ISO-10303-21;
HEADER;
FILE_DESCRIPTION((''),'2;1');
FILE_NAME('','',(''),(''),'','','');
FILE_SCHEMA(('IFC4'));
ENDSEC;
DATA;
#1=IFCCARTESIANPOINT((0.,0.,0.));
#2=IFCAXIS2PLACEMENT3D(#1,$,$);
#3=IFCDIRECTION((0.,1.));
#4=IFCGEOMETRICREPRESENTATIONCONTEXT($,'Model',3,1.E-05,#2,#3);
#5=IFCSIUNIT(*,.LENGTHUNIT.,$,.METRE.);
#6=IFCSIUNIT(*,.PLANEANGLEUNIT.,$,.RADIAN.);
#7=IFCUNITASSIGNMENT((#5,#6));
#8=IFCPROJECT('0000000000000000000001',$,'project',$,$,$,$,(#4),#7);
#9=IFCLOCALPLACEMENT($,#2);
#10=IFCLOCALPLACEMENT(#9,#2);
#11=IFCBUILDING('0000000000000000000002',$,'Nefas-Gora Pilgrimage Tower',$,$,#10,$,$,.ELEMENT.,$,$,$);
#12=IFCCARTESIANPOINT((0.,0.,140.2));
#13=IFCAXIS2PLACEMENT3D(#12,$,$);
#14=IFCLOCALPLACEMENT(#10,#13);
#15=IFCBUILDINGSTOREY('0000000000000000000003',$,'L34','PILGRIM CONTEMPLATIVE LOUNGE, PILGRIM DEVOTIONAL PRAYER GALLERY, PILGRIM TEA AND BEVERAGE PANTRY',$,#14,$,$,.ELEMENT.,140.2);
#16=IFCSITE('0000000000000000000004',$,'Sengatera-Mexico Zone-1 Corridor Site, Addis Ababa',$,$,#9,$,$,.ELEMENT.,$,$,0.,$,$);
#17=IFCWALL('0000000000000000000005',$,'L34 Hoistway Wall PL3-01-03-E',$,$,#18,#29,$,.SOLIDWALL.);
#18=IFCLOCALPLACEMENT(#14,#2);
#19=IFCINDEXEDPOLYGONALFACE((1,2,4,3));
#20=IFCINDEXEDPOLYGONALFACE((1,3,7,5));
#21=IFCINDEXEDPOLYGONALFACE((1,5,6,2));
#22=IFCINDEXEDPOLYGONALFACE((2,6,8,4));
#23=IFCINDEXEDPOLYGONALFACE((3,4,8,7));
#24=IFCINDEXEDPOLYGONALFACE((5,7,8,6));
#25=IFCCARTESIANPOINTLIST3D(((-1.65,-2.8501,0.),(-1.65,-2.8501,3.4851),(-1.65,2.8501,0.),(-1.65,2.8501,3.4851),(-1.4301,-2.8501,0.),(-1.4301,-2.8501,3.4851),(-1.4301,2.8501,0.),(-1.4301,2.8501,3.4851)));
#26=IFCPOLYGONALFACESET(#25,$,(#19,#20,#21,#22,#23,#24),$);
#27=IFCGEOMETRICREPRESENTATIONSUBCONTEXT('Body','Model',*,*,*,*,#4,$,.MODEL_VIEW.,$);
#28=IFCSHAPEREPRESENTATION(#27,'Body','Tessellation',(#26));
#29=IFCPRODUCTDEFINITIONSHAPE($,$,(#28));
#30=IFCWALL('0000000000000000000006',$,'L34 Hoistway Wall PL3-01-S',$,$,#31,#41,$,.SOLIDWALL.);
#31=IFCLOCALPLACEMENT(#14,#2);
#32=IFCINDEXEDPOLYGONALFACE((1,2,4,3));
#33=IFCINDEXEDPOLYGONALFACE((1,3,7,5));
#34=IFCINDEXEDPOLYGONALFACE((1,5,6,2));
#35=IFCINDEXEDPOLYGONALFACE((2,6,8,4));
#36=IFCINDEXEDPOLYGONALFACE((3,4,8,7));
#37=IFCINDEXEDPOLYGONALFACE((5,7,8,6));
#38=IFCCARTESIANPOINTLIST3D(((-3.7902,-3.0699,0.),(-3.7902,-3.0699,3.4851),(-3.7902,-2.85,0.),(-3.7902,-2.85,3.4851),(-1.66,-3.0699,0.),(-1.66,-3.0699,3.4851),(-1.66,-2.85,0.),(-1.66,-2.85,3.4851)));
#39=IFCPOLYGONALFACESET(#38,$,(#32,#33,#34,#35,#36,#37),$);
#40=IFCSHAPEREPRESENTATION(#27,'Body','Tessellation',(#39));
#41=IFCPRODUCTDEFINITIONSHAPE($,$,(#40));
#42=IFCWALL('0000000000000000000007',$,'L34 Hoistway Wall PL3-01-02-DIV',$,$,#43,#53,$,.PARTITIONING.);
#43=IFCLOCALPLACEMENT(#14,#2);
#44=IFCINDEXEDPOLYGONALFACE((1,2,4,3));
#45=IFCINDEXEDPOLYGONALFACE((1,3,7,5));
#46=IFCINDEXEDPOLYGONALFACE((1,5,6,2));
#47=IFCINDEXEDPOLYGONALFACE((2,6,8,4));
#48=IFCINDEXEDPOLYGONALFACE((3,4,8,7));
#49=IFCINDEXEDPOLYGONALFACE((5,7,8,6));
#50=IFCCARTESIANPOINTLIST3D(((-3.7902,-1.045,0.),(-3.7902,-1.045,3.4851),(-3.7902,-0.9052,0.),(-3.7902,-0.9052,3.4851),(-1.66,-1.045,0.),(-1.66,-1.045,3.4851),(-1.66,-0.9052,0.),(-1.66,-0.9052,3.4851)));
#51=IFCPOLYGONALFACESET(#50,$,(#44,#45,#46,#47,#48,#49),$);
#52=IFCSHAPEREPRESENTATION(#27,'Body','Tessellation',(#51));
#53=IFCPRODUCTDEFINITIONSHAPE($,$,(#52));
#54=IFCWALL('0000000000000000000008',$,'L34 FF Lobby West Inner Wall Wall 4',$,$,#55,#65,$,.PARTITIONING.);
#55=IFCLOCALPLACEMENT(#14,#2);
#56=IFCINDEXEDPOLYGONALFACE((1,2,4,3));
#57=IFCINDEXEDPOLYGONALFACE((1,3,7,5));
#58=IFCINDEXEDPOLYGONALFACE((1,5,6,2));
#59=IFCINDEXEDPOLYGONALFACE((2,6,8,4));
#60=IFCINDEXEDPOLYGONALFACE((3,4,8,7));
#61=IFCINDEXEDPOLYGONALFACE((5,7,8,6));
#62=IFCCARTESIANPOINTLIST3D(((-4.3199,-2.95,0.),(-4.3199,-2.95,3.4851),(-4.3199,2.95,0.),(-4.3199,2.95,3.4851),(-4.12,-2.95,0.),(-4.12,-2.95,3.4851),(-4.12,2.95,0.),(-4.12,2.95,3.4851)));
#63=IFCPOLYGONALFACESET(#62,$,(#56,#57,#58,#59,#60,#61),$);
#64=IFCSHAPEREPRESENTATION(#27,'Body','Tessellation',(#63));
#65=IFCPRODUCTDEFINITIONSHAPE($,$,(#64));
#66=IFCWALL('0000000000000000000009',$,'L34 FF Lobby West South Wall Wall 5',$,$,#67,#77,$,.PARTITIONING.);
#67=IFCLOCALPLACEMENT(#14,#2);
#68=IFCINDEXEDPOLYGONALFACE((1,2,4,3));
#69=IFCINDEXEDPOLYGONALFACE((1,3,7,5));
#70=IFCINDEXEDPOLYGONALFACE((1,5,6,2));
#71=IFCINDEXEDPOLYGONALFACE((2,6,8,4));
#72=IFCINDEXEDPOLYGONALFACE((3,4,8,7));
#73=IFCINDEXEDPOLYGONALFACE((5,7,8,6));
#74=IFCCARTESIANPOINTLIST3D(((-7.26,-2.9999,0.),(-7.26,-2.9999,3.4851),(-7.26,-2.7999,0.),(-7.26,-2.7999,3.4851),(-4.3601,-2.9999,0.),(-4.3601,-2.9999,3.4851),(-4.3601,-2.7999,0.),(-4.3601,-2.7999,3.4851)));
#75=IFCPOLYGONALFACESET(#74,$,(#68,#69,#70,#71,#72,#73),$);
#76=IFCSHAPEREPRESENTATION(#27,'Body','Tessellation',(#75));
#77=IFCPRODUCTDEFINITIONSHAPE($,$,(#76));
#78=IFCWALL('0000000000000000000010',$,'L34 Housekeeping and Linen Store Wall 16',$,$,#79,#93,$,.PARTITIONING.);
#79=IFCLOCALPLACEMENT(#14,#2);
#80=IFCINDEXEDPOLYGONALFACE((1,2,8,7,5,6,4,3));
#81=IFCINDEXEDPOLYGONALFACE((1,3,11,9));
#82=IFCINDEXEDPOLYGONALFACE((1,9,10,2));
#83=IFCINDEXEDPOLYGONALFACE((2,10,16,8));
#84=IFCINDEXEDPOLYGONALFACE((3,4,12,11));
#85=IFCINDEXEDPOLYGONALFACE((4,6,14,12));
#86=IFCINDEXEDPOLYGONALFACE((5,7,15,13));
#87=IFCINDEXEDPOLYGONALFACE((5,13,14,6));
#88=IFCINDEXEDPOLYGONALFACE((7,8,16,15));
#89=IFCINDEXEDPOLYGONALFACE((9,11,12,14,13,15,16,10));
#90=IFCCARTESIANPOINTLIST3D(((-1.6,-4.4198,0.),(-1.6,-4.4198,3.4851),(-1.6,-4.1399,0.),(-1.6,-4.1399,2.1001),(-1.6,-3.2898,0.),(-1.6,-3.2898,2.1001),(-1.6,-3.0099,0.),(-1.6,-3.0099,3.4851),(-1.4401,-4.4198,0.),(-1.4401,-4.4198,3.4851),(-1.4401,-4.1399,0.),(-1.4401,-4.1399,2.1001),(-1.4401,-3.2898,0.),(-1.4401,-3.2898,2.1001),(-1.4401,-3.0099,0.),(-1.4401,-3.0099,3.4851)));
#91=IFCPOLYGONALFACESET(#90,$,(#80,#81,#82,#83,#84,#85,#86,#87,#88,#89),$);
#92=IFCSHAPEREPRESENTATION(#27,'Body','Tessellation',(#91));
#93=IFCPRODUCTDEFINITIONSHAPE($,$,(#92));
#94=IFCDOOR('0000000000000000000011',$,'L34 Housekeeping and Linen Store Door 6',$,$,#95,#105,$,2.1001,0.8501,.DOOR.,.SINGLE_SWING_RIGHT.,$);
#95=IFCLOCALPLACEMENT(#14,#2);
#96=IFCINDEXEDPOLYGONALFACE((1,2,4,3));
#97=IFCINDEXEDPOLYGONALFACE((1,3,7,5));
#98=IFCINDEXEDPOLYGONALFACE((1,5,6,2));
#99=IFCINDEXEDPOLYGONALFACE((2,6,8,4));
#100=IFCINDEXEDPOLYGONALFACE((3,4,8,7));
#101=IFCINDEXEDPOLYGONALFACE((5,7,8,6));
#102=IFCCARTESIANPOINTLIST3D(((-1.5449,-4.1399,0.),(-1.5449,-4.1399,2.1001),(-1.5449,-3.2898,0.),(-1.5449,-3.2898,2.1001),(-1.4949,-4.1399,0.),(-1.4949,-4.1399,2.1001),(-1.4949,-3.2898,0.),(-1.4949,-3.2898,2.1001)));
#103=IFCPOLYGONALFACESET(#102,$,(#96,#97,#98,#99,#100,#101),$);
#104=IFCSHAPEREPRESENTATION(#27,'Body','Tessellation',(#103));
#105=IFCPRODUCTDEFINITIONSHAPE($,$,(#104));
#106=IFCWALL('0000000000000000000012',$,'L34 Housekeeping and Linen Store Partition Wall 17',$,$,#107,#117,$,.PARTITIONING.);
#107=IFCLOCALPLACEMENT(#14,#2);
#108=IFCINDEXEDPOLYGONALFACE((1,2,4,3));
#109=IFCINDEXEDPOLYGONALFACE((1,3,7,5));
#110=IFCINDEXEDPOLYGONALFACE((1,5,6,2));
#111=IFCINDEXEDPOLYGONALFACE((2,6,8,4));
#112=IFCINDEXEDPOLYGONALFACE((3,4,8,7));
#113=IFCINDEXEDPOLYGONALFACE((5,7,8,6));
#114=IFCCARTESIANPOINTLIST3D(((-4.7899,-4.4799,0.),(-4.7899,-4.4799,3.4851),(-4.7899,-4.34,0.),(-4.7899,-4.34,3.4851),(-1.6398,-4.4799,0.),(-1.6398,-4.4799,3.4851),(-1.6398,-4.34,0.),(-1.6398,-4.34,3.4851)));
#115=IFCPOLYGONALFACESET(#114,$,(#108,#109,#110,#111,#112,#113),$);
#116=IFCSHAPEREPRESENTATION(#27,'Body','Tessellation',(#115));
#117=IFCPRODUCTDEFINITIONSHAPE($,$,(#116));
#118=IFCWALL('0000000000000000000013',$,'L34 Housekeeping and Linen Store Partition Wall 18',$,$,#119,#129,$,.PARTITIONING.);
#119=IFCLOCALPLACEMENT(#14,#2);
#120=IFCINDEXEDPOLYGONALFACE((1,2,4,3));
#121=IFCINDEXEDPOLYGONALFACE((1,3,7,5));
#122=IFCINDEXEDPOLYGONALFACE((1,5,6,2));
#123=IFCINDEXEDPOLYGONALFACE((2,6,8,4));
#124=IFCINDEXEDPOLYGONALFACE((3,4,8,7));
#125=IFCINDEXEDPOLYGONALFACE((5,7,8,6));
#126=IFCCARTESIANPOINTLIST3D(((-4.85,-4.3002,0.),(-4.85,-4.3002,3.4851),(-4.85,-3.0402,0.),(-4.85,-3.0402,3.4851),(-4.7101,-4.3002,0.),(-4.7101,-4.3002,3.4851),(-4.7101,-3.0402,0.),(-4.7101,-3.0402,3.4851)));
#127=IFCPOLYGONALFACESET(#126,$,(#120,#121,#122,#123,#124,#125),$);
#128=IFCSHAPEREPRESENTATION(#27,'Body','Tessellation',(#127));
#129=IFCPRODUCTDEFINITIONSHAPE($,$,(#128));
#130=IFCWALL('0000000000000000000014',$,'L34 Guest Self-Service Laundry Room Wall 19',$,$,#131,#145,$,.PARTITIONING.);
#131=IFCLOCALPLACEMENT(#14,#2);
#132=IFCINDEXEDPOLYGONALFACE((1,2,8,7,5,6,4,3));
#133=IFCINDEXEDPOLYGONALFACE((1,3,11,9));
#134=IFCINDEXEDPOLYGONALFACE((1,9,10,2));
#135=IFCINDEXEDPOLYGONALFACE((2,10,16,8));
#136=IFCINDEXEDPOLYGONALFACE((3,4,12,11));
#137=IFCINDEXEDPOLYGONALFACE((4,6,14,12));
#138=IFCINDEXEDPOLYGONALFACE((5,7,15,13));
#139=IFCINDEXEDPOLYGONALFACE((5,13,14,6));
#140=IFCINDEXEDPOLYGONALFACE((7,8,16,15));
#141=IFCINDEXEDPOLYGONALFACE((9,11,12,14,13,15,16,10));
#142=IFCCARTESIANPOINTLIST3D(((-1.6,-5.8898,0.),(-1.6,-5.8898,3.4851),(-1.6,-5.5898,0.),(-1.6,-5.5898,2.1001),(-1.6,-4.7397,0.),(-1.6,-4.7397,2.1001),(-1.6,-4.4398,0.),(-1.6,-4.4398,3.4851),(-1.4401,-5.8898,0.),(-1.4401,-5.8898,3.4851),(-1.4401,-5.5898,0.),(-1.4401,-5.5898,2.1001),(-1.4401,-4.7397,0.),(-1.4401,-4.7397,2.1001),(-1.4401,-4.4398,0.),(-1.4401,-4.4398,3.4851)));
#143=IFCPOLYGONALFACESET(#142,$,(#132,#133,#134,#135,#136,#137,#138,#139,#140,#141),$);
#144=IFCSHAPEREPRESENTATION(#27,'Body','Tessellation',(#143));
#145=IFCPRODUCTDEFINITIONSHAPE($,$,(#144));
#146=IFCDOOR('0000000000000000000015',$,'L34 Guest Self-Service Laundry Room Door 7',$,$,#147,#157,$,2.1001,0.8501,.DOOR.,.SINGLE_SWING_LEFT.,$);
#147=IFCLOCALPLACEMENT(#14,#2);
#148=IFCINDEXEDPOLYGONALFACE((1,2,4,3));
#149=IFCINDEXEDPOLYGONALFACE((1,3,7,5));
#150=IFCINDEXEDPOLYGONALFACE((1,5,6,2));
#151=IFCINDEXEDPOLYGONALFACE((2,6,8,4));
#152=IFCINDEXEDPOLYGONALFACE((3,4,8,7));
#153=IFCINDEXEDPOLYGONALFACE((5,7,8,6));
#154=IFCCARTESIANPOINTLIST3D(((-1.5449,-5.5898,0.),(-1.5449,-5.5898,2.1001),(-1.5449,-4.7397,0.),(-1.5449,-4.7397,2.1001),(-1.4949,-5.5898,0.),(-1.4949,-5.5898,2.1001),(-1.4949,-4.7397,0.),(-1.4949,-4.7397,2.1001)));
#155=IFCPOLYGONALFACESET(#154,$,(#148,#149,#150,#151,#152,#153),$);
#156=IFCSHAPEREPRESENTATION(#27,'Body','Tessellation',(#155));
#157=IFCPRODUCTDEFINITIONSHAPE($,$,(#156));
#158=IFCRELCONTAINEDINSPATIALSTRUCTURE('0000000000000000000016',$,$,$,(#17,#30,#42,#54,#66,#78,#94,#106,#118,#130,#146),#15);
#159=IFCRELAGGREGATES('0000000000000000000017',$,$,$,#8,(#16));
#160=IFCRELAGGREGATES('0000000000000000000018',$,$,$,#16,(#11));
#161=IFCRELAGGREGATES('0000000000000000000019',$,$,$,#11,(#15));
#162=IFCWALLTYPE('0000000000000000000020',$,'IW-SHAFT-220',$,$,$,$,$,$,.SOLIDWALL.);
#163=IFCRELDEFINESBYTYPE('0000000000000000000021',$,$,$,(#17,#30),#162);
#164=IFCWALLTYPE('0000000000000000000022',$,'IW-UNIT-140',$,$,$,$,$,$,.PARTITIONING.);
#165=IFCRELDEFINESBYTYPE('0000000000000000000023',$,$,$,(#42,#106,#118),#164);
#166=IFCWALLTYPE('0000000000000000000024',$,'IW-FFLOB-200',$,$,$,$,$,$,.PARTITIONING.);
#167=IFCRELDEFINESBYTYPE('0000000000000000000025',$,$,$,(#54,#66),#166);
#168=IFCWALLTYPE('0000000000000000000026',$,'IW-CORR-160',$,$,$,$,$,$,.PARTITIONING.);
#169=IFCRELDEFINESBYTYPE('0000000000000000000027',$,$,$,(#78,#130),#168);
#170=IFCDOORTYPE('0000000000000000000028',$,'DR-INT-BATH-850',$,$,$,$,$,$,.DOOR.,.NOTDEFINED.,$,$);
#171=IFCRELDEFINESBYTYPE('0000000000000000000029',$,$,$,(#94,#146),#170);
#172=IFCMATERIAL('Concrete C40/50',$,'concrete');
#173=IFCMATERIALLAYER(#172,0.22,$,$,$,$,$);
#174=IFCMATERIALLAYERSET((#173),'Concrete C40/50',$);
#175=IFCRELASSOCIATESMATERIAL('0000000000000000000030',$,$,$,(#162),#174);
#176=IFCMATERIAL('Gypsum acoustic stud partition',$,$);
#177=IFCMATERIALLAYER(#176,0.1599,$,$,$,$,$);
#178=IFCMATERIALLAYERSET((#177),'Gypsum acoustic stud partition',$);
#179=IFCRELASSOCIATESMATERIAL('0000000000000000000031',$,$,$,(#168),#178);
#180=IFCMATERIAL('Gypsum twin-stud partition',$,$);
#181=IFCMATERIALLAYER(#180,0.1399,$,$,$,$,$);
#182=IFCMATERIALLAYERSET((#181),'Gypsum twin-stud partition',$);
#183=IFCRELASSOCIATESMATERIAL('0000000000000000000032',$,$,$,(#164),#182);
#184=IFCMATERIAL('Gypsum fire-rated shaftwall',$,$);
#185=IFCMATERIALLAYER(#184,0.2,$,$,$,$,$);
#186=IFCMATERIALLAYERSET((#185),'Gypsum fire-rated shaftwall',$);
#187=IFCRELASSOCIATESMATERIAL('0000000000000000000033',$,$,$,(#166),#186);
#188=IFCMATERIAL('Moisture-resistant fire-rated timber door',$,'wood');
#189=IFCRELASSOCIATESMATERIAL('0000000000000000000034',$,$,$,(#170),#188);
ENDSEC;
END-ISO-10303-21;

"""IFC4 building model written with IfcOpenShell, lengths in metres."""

from ifc_helpers import new_model, si_unit, direction, frame, frame_2d, origin, place, context, subcontext, project, spatial, rectangle, extrude, source, transform, mapped, material, layer, layer_set, type_object, element, fill, save


model = new_model("IFC4")

# Units and contexts
model_context = context("Model", 3, precision=1e-05, world=origin(), true_north=direction((0.0, 1.0)))
body_context = subcontext(model_context, "Body", "Model", "MODEL_VIEW")
ifc_project = project(units=[si_unit("LENGTHUNIT", "METRE"), si_unit("PLANEANGLEUNIT", "RADIAN")], contexts=[model_context])

# Site, building, storey
site_placement = place(None, origin())
site = spatial("IfcSite", under=ifc_project, at=site_placement, Name="Sengatera-Mexico Zone-1 Corridor Site, Addis Ababa", CompositionType="ELEMENT", RefElevation=0.0)
building_placement = place(site_placement, origin())
building = spatial("IfcBuilding", under=site, at=building_placement, Name="Nefas-Gora Pilgrimage Tower", CompositionType="ELEMENT")
storey_placement = place(building_placement, frame((0.0, 0.0, 140.2)))
storey = spatial("IfcBuildingStorey", under=building, at=storey_placement, Name="L34", Description="PILGRIM CONTEMPLATIVE LOUNGE, PILGRIM DEVOTIONAL PRAYER GALLERY, PILGRIM TEA AND BEVERAGE PANTRY", CompositionType="ELEMENT", Elevation=140.2)

# Walls
ifc_material_1 = material(Name="Concrete C40/50", Category="concrete")
ifc_layer_1 = layer(ifc_material_1, 0.22)
ifc_layer_set_1 = layer_set([ifc_layer_1], Name="Concrete C40/50")
wall_type_1 = type_object("IfcWallType", Name="IW-SHAFT-220", PredefinedType="SOLIDWALL", material=ifc_layer_set_1)
ifc_material_2 = material(Name="Gypsum acoustic stud partition")
ifc_layer_2 = layer(ifc_material_2, 0.1599)
ifc_layer_set_2 = layer_set([ifc_layer_2], Name="Gypsum acoustic stud partition")
wall_type_2 = type_object("IfcWallType", Name="IW-CORR-160", PredefinedType="PARTITIONING", material=ifc_layer_set_2)
ifc_material_3 = material(Name="Gypsum twin-stud partition")
ifc_layer_3 = layer(ifc_material_3, 0.1399)
ifc_layer_set_3 = layer_set([ifc_layer_3], Name="Gypsum twin-stud partition")
wall_type_3 = type_object("IfcWallType", Name="IW-UNIT-140", PredefinedType="PARTITIONING", material=ifc_layer_set_3)
shared_shape_1 = source(origin(), body_context, "Body", "SweptSolid", [
    extrude(rectangle(XDim=5.7002, YDim=0.22, at=frame_2d((2.8501, 0.0))), origin(), (0.0, 0.0, 1.0), 3.4851),
])
wall_1_placement = place(storey_placement, frame((-1.54, -2.8501, 0.0), z_axis=(0.0, 0.0, 1.0), x_axis=(0.0, 1.0, 0.0)))
element("IfcWall", 1, at=wall_1_placement, inside=storey, type_object=wall_type_1, Name="L34 Hoistway Wall PL3-01-03-E", PredefinedType="SOLIDWALL", context=body_context, shape_type="MappedRepresentation", body=[
    mapped(shared_shape_1, transform((0.0, 0.0, 0.0), x_axis=(1.0, 0.0, 0.0), y_axis=(0.0, 1.0, 0.0), z_axis=(0.0, 0.0, 1.0), scale=1.0)),
])
shared_shape_2 = source(origin(), body_context, "Body", "SweptSolid", [
    extrude(rectangle(XDim=2.1301, YDim=0.22, at=frame_2d((1.0649, 0.0))), origin(), (0.0, 0.0, 1.0), 3.4851),
])
wall_2_placement = place(storey_placement, frame((-3.79, -2.96, 0.0), z_axis=(0.0, 0.0, 1.0), x_axis=(1.0, 0.0, 0.0)))
element("IfcWall", 2, at=wall_2_placement, inside=storey, type_object=wall_type_1, Name="L34 Hoistway Wall PL3-01-S", PredefinedType="SOLIDWALL", context=body_context, shape_type="MappedRepresentation", body=[
    mapped(shared_shape_2, transform((0.0, 0.0, 0.0), x_axis=(1.0, 0.0, 0.0), y_axis=(0.0, 1.0, 0.0), z_axis=(0.0, 0.0, 1.0), scale=1.0)),
])
shared_shape_3 = source(origin(), body_context, "Body", "SweptSolid", [
    extrude(rectangle(XDim=2.1301, YDim=0.1399, at=frame_2d((1.0649, 0.0))), origin(), (0.0, 0.0, 1.0), 3.4851),
])
wall_3_placement = place(storey_placement, frame((-3.79, -0.9751, 0.0), z_axis=(0.0, 0.0, 1.0), x_axis=(1.0, 0.0, 0.0)))
element("IfcWall", 3, at=wall_3_placement, inside=storey, type_object=wall_type_3, Name="L34 Hoistway Wall PL3-01-02-DIV", PredefinedType="PARTITIONING", context=body_context, shape_type="MappedRepresentation", body=[
    mapped(shared_shape_3, transform((0.0, 0.0, 0.0), x_axis=(1.0, 0.0, 0.0), y_axis=(0.0, 1.0, 0.0), z_axis=(0.0, 0.0, 1.0), scale=1.0)),
])
ifc_material_4 = material(Name="Gypsum fire-rated shaftwall")
ifc_layer_4 = layer(ifc_material_4, 0.2)
ifc_layer_set_4 = layer_set([ifc_layer_4], Name="Gypsum fire-rated shaftwall")
wall_type_4 = type_object("IfcWallType", Name="IW-FFLOB-200", PredefinedType="PARTITIONING", material=ifc_layer_set_4)
shared_shape_4 = source(origin(), body_context, "Body", "SweptSolid", [
    extrude(rectangle(XDim=5.8999, YDim=0.2, at=frame_2d((2.95, 0.0))), origin(), (0.0, 0.0, 1.0), 3.4851),
])
wall_4_placement = place(storey_placement, frame((-4.22, -2.95, 0.0), z_axis=(0.0, 0.0, 1.0), x_axis=(0.0, 1.0, 0.0)))
element("IfcWall", 4, at=wall_4_placement, inside=storey, type_object=wall_type_4, Name="L34 FF Lobby West Inner Wall Wall 4", PredefinedType="PARTITIONING", context=body_context, shape_type="MappedRepresentation", body=[
    mapped(shared_shape_4, transform((0.0, 0.0, 0.0), x_axis=(1.0, 0.0, 0.0), y_axis=(0.0, 1.0, 0.0), z_axis=(0.0, 0.0, 1.0), scale=1.0)),
])
shared_shape_5 = source(origin(), body_context, "Body", "SweptSolid", [
    extrude(rectangle(XDim=2.8999, YDim=0.2, at=frame_2d((1.45, 0.0))), origin(), (0.0, 0.0, 1.0), 3.4851),
])
wall_5_placement = place(storey_placement, frame((-7.26, -2.8999, 0.0), z_axis=(0.0, 0.0, 1.0), x_axis=(1.0, 0.0, 0.0)))
element("IfcWall", 5, at=wall_5_placement, inside=storey, type_object=wall_type_4, Name="L34 FF Lobby West South Wall Wall 5", PredefinedType="PARTITIONING", context=body_context, shape_type="MappedRepresentation", body=[
    mapped(shared_shape_5, transform((0.0, 0.0, 0.0), x_axis=(1.0, 0.0, 0.0), y_axis=(0.0, 1.0, 0.0), z_axis=(0.0, 0.0, 1.0), scale=1.0)),
])

# Wall, opening, door
shared_shape_6 = source(origin(), body_context, "Body", "SweptSolid", [
    extrude(rectangle(XDim=1.4099, YDim=0.1599, at=frame_2d((0.7051, 0.0))), origin(), (0.0, 0.0, 1.0), 3.4851),
])
wall_6_placement = place(storey_placement, frame((-1.52, -4.4199, 0.0), z_axis=(0.0, 0.0, 1.0), x_axis=(0.0, 1.0, 0.0)))
wall_6 = element("IfcWall", 6, at=wall_6_placement, inside=storey, type_object=wall_type_2, Name="L34 Housekeeping and Linen Store Wall 16", PredefinedType="PARTITIONING", context=body_context, shape_type="MappedRepresentation", body=[
    mapped(shared_shape_6, transform((0.0, 0.0, 0.0), x_axis=(1.0, 0.0, 0.0), y_axis=(0.0, 1.0, 0.0), z_axis=(0.0, 0.0, 1.0), scale=1.0)),
])
opening_1_placement = place(wall_6_placement, frame((0.28, 0.0, 0.0)))
opening_1 = element("IfcOpeningElement", 7, at=opening_1_placement, cuts=wall_6, PredefinedType="OPENING", context=body_context, shape_type="SweptSolid", body=[
    extrude(rectangle(XDim=0.8501, YDim=2.1001, at=frame_2d((0.425, 1.05))), frame((0.0, 0.0898, 0.0), z_axis=(0.0, -1.0, 0.0), x_axis=(1.0, 0.0, 0.0)), (0.0, 0.0, 1.0), 0.1799),
])
ifc_material_5 = material(Name="Moisture-resistant fire-rated timber door", Category="wood")
door_type_1 = type_object("IfcDoorType", Name="DR-INT-BATH-850", OperationType="NOTDEFINED", PredefinedType="DOOR", material=ifc_material_5)
shared_shape_7 = source(origin(), body_context, "Body", "SweptSolid", [
    extrude(rectangle(XDim=0.8501, YDim=2.1001, at=frame_2d((0.425, 1.05))), frame((0.0, 0.0249, 0.0), z_axis=(0.0, -1.0, 0.0), x_axis=(1.0, 0.0, 0.0)), (0.0, 0.0, 1.0), 0.05),
])
door_1_placement = place(opening_1_placement, origin())
door_1 = element("IfcDoor", 8, at=door_1_placement, inside=storey, type_object=door_type_1, Name="L34 Housekeeping and Linen Store Door 6", OperationType="SINGLE_SWING_RIGHT", OverallHeight=2.1001, OverallWidth=0.8501, PredefinedType="DOOR", context=body_context, shape_type="MappedRepresentation", body=[
    mapped(shared_shape_7, transform((0.0, 0.0, 0.0), x_axis=(1.0, 0.0, 0.0), y_axis=(0.0, 1.0, 0.0), z_axis=(0.0, 0.0, 1.0), scale=1.0)),
])
fill(opening_1, door_1)

# Walls
shared_shape_8 = source(origin(), body_context, "Body", "SweptSolid", [
    extrude(rectangle(XDim=3.1501, YDim=0.1399, at=frame_2d((1.5752, 0.0))), origin(), (0.0, 0.0, 1.0), 3.4851),
])
wall_7_placement = place(storey_placement, frame((-4.79, -4.4099, 0.0), z_axis=(0.0, 0.0, 1.0), x_axis=(1.0, 0.0, 0.0)))
element("IfcWall", 9, at=wall_7_placement, inside=storey, type_object=wall_type_3, Name="L34 Housekeeping and Linen Store Partition Wall 17", PredefinedType="PARTITIONING", context=body_context, shape_type="MappedRepresentation", body=[
    mapped(shared_shape_8, transform((0.0, 0.0, 0.0), x_axis=(1.0, 0.0, 0.0), y_axis=(0.0, 1.0, 0.0), z_axis=(0.0, 0.0, 1.0), scale=1.0)),
])
shared_shape_9 = source(origin(), body_context, "Body", "SweptSolid", [
    extrude(rectangle(XDim=1.26, YDim=0.1399, at=frame_2d((0.6299, 0.0))), origin(), (0.0, 0.0, 1.0), 3.4851),
])
wall_8_placement = place(storey_placement, frame((-4.78, -4.3, 0.0), z_axis=(0.0, 0.0, 1.0), x_axis=(0.0, 1.0, 0.0)))
element("IfcWall", 10, at=wall_8_placement, inside=storey, type_object=wall_type_3, Name="L34 Housekeeping and Linen Store Partition Wall 18", PredefinedType="PARTITIONING", context=body_context, shape_type="MappedRepresentation", body=[
    mapped(shared_shape_9, transform((0.0, 0.0, 0.0), x_axis=(1.0, 0.0, 0.0), y_axis=(0.0, 1.0, 0.0), z_axis=(0.0, 0.0, 1.0), scale=1.0)),
])

# Wall, opening, door
shared_shape_10 = source(origin(), body_context, "Body", "SweptSolid", [
    extrude(rectangle(XDim=1.45, YDim=0.1599, at=frame_2d((0.7251, 0.0))), origin(), (0.0, 0.0, 1.0), 3.4851),
])
wall_9_placement = place(storey_placement, frame((-1.52, -5.8899, 0.0), z_axis=(0.0, 0.0, 1.0), x_axis=(0.0, 1.0, 0.0)))
wall_9 = element("IfcWall", 11, at=wall_9_placement, inside=storey, type_object=wall_type_2, Name="L34 Guest Self-Service Laundry Room Wall 19", PredefinedType="PARTITIONING", context=body_context, shape_type="MappedRepresentation", body=[
    mapped(shared_shape_10, transform((0.0, 0.0, 0.0), x_axis=(1.0, 0.0, 0.0), y_axis=(0.0, 1.0, 0.0), z_axis=(0.0, 0.0, 1.0), scale=1.0)),
])
opening_2_placement = place(wall_9_placement, frame((0.3, 0.0, 0.0)))
opening_2 = element("IfcOpeningElement", 12, at=opening_2_placement, cuts=wall_9, PredefinedType="OPENING", context=body_context, shape_type="SweptSolid", body=[
    extrude(rectangle(XDim=0.8501, YDim=2.1001, at=frame_2d((0.425, 1.05))), frame((0.0, 0.0898, 0.0), z_axis=(0.0, -1.0, 0.0), x_axis=(1.0, 0.0, 0.0)), (0.0, 0.0, 1.0), 0.1799),
])
door_2_placement = place(opening_2_placement, origin())
door_2 = element("IfcDoor", 13, at=door_2_placement, inside=storey, type_object=door_type_1, Name="L34 Guest Self-Service Laundry Room Door 7", OperationType="SINGLE_SWING_LEFT", OverallHeight=2.1001, OverallWidth=0.8501, PredefinedType="DOOR", context=body_context, shape_type="MappedRepresentation", body=[
    mapped(shared_shape_7, transform((0.0, 0.0, 0.0), x_axis=(1.0, 0.0, 0.0), y_axis=(0.0, 1.0, 0.0), z_axis=(0.0, 0.0, 1.0), scale=1.0)),
])
fill(opening_2, door_2)

save(model, "model.ifc")
